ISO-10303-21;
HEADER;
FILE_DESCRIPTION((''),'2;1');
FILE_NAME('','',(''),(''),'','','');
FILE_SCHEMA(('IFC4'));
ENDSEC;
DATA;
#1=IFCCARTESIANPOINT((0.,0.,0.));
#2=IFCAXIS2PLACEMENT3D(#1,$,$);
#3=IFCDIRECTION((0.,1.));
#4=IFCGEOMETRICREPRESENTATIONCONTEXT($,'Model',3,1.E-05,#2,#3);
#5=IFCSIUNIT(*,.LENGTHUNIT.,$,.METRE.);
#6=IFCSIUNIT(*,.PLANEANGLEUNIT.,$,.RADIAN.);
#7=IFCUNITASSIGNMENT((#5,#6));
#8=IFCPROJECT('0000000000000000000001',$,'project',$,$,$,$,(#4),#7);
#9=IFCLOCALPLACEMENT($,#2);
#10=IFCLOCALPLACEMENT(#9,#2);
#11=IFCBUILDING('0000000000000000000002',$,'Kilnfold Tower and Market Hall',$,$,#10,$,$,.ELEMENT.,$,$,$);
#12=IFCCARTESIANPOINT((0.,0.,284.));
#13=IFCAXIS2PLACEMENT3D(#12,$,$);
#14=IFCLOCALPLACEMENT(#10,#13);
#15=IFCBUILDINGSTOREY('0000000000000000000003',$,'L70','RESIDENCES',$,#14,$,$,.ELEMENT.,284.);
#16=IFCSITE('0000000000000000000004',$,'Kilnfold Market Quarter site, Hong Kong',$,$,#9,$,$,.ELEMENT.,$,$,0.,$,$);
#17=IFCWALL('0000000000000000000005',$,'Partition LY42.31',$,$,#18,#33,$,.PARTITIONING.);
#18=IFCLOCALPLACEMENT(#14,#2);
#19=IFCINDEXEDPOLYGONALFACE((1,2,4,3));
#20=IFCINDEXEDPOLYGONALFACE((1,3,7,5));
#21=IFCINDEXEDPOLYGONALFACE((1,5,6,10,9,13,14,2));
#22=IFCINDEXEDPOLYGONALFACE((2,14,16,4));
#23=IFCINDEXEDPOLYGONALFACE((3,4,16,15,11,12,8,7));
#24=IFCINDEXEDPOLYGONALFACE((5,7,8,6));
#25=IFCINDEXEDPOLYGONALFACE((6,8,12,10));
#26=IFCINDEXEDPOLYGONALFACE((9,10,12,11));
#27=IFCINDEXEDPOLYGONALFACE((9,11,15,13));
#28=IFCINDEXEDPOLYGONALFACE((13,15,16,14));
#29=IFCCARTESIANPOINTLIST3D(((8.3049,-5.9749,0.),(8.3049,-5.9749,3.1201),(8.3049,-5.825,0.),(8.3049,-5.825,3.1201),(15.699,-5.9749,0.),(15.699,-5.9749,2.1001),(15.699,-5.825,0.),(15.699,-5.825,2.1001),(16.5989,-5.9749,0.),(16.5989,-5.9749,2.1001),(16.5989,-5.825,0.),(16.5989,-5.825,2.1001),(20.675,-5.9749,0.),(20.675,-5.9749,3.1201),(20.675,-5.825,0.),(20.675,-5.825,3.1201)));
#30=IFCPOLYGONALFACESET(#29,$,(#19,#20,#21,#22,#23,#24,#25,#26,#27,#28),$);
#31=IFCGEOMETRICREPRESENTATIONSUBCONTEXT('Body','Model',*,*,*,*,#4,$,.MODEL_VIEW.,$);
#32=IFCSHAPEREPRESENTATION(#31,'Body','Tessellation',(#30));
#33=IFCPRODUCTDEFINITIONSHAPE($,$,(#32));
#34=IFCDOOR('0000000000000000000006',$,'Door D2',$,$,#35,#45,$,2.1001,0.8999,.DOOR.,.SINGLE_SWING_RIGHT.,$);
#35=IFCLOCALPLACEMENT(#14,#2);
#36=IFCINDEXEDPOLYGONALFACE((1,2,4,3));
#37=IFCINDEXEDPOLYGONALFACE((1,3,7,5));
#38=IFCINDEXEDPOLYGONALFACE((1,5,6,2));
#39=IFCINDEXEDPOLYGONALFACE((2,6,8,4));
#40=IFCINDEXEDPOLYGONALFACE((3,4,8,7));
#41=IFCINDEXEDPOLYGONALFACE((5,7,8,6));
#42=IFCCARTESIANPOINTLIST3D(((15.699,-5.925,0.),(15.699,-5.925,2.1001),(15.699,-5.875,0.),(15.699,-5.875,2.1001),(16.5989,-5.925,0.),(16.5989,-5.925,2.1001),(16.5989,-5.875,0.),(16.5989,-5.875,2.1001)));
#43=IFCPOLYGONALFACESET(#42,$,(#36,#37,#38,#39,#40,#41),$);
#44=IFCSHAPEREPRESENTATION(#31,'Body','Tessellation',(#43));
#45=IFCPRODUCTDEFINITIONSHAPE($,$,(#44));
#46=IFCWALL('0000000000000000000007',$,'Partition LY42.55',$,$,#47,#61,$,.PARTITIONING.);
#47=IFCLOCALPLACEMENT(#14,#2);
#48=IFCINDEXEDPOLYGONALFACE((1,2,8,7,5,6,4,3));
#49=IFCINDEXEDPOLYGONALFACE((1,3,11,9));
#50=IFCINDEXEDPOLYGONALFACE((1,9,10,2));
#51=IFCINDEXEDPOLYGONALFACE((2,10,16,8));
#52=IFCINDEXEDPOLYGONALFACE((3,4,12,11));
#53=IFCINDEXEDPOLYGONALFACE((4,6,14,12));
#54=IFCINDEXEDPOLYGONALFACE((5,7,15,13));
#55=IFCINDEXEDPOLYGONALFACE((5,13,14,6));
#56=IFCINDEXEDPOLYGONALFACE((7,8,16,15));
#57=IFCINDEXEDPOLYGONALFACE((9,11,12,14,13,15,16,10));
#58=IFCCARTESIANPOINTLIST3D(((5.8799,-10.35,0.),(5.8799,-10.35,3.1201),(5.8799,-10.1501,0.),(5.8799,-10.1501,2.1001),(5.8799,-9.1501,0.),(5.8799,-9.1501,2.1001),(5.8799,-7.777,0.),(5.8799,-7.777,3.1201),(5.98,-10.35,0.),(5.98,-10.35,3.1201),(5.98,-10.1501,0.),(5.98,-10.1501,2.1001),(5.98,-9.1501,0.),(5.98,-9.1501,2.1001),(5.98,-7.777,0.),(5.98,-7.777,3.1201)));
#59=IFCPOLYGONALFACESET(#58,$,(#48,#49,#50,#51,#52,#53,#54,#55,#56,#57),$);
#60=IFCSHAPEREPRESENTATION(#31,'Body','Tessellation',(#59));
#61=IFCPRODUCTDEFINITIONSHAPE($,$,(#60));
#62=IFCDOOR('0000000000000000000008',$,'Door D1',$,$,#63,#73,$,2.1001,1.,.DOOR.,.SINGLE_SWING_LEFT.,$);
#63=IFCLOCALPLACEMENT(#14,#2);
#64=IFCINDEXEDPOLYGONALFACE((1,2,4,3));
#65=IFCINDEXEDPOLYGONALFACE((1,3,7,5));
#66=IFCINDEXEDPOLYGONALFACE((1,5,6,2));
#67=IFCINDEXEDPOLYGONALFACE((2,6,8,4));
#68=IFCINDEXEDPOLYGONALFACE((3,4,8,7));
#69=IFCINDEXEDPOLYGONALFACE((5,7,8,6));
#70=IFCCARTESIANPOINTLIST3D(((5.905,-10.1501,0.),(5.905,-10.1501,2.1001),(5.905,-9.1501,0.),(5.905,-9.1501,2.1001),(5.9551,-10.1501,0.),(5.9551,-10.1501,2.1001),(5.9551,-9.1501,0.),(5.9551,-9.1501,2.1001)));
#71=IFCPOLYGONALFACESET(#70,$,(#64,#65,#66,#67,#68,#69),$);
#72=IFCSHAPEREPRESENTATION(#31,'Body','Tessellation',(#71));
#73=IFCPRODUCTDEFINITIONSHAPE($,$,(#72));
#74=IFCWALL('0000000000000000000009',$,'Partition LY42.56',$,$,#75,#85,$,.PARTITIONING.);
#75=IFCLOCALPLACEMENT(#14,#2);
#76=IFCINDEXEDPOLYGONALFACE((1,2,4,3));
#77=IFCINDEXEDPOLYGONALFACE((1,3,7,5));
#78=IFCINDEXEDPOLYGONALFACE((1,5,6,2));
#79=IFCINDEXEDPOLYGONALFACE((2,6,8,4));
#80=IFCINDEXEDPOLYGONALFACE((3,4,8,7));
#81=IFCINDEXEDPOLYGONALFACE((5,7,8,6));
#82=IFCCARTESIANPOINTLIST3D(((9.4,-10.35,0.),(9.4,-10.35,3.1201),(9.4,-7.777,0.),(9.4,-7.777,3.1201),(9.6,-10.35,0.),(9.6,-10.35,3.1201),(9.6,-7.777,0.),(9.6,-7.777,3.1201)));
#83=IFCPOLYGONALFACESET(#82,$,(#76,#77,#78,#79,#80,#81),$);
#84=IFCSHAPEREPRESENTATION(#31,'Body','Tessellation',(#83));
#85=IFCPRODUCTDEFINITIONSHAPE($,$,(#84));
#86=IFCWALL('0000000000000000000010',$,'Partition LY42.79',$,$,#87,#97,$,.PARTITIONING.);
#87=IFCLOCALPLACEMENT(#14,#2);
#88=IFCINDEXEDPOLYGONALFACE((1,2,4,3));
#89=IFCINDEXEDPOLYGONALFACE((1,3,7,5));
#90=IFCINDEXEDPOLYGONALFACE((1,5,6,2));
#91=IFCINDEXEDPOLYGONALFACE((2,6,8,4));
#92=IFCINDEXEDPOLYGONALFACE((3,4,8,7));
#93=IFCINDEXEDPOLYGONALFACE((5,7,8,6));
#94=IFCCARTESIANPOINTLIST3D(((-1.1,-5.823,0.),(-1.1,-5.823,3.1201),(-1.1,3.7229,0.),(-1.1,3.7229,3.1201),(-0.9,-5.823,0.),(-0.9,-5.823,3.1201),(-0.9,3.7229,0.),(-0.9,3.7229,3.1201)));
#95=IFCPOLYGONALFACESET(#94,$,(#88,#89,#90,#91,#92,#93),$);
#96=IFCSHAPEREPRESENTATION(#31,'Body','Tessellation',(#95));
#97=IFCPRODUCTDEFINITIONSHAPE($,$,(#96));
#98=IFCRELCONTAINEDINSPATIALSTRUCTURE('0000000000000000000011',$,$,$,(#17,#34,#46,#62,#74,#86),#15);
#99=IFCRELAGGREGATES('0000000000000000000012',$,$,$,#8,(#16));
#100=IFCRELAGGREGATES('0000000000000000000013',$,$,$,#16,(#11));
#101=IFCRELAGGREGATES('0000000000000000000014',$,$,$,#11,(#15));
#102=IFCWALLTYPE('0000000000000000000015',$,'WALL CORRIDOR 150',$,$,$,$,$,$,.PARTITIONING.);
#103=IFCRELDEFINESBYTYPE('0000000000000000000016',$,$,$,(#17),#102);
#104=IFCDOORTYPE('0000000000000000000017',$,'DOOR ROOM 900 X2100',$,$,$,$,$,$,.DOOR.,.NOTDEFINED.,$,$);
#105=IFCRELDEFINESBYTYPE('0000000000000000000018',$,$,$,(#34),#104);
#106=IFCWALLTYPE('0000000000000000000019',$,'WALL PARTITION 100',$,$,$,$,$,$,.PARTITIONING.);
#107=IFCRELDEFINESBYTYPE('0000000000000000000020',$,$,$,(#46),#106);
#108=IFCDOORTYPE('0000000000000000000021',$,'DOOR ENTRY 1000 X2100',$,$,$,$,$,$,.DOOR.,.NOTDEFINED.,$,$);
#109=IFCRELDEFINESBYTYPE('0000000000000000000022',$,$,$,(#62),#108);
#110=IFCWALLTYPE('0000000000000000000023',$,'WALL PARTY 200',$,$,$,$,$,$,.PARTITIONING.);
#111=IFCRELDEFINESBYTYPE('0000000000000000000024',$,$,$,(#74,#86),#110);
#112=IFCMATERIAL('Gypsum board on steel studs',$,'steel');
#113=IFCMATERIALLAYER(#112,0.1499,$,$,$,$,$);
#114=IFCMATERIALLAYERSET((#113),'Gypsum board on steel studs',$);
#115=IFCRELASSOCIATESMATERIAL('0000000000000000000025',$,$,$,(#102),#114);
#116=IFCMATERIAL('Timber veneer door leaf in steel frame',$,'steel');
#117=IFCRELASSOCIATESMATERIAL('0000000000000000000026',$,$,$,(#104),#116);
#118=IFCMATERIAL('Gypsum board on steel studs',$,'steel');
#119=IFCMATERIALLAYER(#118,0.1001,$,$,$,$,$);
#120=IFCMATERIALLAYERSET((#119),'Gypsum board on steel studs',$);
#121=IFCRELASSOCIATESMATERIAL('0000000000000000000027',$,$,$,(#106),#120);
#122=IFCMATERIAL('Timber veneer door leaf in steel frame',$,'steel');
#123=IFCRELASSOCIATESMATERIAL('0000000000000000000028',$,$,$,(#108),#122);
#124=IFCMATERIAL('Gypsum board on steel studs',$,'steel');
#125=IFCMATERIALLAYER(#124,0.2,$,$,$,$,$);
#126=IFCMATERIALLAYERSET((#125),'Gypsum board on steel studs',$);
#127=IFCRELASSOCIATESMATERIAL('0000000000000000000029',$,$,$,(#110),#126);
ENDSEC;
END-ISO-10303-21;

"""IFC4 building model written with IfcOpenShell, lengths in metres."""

from ifc_helpers import new_model, si_unit, direction, frame, frame_2d, origin, place, context, subcontext, project, spatial, rectangle, extrude, material, layer, layer_set, type_object, element, fill, save


model = new_model("IFC4")

# Units and contexts
model_context = context("Model", 3, precision=1e-05, world=origin(), true_north=direction((0.0, 1.0)))
body_context = subcontext(model_context, "Body", "Model", "MODEL_VIEW")
ifc_project = project(units=[si_unit("LENGTHUNIT", "METRE"), si_unit("PLANEANGLEUNIT", "RADIAN")], contexts=[model_context])

# Site, building, storey
site_placement = place(None, origin())
site = spatial("IfcSite", under=ifc_project, at=site_placement, Name="Kilnfold Market Quarter site, Hong Kong", CompositionType="ELEMENT", RefElevation=0.0)
building_placement = place(site_placement, origin())
building = spatial("IfcBuilding", under=site, at=building_placement, Name="Kilnfold Tower and Market Hall", CompositionType="ELEMENT")
storey_placement = place(building_placement, frame((0.0, 0.0, 284.0)))
storey = spatial("IfcBuildingStorey", under=building, at=storey_placement, Name="L70", Description="RESIDENCES", CompositionType="ELEMENT", Elevation=284.0)

# Shared definitions
ifc_material_1 = material(Name="Gypsum board on steel studs", Category="steel")
ifc_layer_1 = layer(ifc_material_1, 0.1499)
ifc_layer_set_1 = layer_set([ifc_layer_1], Name="Gypsum board on steel studs")
wall_type_1 = type_object("IfcWallType", Name="WALL CORRIDOR 150", PredefinedType="PARTITIONING", material=ifc_layer_set_1)
ifc_material_2 = material(Name="Timber veneer door leaf in steel frame", Category="steel")
door_type_1 = type_object("IfcDoorType", Name="DOOR ROOM 900 X2100", OperationType="NOTDEFINED", PredefinedType="DOOR", material=ifc_material_2)

# Walls, openings, doors
wall_1_placement = place(storey_placement, frame((8.3049, -5.8999, 0.0), z_axis=(0.0, 0.0, 1.0), x_axis=(1.0, 0.0, 0.0)))
wall_1 = element("IfcWall", 1, at=wall_1_placement, inside=storey, type_object=wall_type_1, Name="Partition LY42.31", PredefinedType="PARTITIONING", context=body_context, shape_type="SweptSolid", body=[
    extrude(rectangle(XDim=12.3701, YDim=0.1499, at=frame_2d((6.1851, 0.0))), origin(), (0.0, 0.0, 1.0), 3.1201),
])
opening_1_placement = place(wall_1_placement, frame((7.394, 0.0, 0.0)))
opening_1 = element("IfcOpeningElement", 2, at=opening_1_placement, cuts=wall_1, PredefinedType="OPENING", context=body_context, shape_type="SweptSolid", body=[
    extrude(rectangle(XDim=0.8999, YDim=2.1001, at=frame_2d((0.45, 1.05))), frame((0.0, 0.085, 0.0), z_axis=(0.0, -1.0, 0.0), x_axis=(1.0, 0.0, 0.0)), (0.0, 0.0, 1.0), 0.1699),
])
door_1_placement = place(opening_1_placement, origin())
door_1 = element("IfcDoor", 3, at=door_1_placement, inside=storey, type_object=door_type_1, Name="Door D2", OperationType="SINGLE_SWING_RIGHT", OverallHeight=2.1001, OverallWidth=0.8999, PredefinedType="DOOR", context=body_context, shape_type="SweptSolid", body=[
    extrude(rectangle(XDim=0.8999, YDim=2.1001, at=frame_2d((0.45, 1.05))), frame((0.0, 0.0249, 0.0), z_axis=(0.0, -1.0, 0.0), x_axis=(1.0, 0.0, 0.0)), (0.0, 0.0, 1.0), 0.05),
])
fill(opening_1, door_1)
ifc_material_3 = material(Name="Gypsum board on steel studs", Category="steel")
ifc_layer_2 = layer(ifc_material_3, 0.1001)
ifc_layer_set_2 = layer_set([ifc_layer_2], Name="Gypsum board on steel studs")
wall_type_2 = type_object("IfcWallType", Name="WALL PARTITION 100", PredefinedType="PARTITIONING", material=ifc_layer_set_2)
wall_2_placement = place(storey_placement, frame((5.9299, -10.3501, 0.0), z_axis=(0.0, 0.0, 1.0), x_axis=(0.0, 1.0, 0.0)))
wall_2 = element("IfcWall", 4, at=wall_2_placement, inside=storey, type_object=wall_type_2, Name="Partition LY42.55", PredefinedType="PARTITIONING", context=body_context, shape_type="SweptSolid", body=[
    extrude(rectangle(XDim=2.573, YDim=0.1001, at=frame_2d((1.2866, 0.0))), origin(), (0.0, 0.0, 1.0), 3.1201),
])
opening_2_placement = place(wall_2_placement, frame((0.2, 0.0, 0.0)))
opening_2 = element("IfcOpeningElement", 5, at=opening_2_placement, cuts=wall_2, PredefinedType="OPENING", context=body_context, shape_type="SweptSolid", body=[
    extrude(rectangle(XDim=1.0, YDim=2.1001, at=frame_2d((0.5, 1.05))), frame((0.0, 0.0601, 0.0), z_axis=(0.0, -1.0, 0.0), x_axis=(1.0, 0.0, 0.0)), (0.0, 0.0, 1.0), 0.1201),
])
ifc_material_4 = material(Name="Timber veneer door leaf in steel frame", Category="steel")
door_type_2 = type_object("IfcDoorType", Name="DOOR ENTRY 1000 X2100", OperationType="NOTDEFINED", PredefinedType="DOOR", material=ifc_material_4)
door_2_placement = place(opening_2_placement, origin())
door_2 = element("IfcDoor", 6, at=door_2_placement, inside=storey, type_object=door_type_2, Name="Door D1", OperationType="SINGLE_SWING_LEFT", OverallHeight=2.1001, OverallWidth=1.0, PredefinedType="DOOR", context=body_context, shape_type="SweptSolid", body=[
    extrude(rectangle(XDim=1.0, YDim=2.1001, at=frame_2d((0.5, 1.05))), frame((0.0, 0.0249, 0.0), z_axis=(0.0, -1.0, 0.0), x_axis=(1.0, 0.0, 0.0)), (0.0, 0.0, 1.0), 0.05),
])
fill(opening_2, door_2)

# Walls
ifc_material_5 = material(Name="Gypsum board on steel studs", Category="steel")
ifc_layer_3 = layer(ifc_material_5, 0.2)
ifc_layer_set_3 = layer_set([ifc_layer_3], Name="Gypsum board on steel studs")
wall_type_3 = type_object("IfcWallType", Name="WALL PARTY 200", PredefinedType="PARTITIONING", material=ifc_layer_set_3)
wall_3_placement = place(storey_placement, frame((9.5, -10.3501, 0.0), z_axis=(0.0, 0.0, 1.0), x_axis=(0.0, 1.0, 0.0)))
element("IfcWall", 7, at=wall_3_placement, inside=storey, type_object=wall_type_3, Name="Partition LY42.56", PredefinedType="PARTITIONING", context=body_context, shape_type="SweptSolid", body=[
    extrude(rectangle(XDim=2.573, YDim=0.2, at=frame_2d((1.2866, 0.0))), origin(), (0.0, 0.0, 1.0), 3.1201),
])
wall_4_placement = place(storey_placement, frame((-1.0, -5.823, 0.0), z_axis=(0.0, 0.0, 1.0), x_axis=(0.0, 1.0, 0.0)))
element("IfcWall", 8, at=wall_4_placement, inside=storey, type_object=wall_type_3, Name="Partition LY42.79", PredefinedType="PARTITIONING", context=body_context, shape_type="SweptSolid", body=[
    extrude(rectangle(XDim=9.5459, YDim=0.2, at=frame_2d((4.7729, 0.0))), origin(), (0.0, 0.0, 1.0), 3.1201),
])

save(model, "model.ifc")
